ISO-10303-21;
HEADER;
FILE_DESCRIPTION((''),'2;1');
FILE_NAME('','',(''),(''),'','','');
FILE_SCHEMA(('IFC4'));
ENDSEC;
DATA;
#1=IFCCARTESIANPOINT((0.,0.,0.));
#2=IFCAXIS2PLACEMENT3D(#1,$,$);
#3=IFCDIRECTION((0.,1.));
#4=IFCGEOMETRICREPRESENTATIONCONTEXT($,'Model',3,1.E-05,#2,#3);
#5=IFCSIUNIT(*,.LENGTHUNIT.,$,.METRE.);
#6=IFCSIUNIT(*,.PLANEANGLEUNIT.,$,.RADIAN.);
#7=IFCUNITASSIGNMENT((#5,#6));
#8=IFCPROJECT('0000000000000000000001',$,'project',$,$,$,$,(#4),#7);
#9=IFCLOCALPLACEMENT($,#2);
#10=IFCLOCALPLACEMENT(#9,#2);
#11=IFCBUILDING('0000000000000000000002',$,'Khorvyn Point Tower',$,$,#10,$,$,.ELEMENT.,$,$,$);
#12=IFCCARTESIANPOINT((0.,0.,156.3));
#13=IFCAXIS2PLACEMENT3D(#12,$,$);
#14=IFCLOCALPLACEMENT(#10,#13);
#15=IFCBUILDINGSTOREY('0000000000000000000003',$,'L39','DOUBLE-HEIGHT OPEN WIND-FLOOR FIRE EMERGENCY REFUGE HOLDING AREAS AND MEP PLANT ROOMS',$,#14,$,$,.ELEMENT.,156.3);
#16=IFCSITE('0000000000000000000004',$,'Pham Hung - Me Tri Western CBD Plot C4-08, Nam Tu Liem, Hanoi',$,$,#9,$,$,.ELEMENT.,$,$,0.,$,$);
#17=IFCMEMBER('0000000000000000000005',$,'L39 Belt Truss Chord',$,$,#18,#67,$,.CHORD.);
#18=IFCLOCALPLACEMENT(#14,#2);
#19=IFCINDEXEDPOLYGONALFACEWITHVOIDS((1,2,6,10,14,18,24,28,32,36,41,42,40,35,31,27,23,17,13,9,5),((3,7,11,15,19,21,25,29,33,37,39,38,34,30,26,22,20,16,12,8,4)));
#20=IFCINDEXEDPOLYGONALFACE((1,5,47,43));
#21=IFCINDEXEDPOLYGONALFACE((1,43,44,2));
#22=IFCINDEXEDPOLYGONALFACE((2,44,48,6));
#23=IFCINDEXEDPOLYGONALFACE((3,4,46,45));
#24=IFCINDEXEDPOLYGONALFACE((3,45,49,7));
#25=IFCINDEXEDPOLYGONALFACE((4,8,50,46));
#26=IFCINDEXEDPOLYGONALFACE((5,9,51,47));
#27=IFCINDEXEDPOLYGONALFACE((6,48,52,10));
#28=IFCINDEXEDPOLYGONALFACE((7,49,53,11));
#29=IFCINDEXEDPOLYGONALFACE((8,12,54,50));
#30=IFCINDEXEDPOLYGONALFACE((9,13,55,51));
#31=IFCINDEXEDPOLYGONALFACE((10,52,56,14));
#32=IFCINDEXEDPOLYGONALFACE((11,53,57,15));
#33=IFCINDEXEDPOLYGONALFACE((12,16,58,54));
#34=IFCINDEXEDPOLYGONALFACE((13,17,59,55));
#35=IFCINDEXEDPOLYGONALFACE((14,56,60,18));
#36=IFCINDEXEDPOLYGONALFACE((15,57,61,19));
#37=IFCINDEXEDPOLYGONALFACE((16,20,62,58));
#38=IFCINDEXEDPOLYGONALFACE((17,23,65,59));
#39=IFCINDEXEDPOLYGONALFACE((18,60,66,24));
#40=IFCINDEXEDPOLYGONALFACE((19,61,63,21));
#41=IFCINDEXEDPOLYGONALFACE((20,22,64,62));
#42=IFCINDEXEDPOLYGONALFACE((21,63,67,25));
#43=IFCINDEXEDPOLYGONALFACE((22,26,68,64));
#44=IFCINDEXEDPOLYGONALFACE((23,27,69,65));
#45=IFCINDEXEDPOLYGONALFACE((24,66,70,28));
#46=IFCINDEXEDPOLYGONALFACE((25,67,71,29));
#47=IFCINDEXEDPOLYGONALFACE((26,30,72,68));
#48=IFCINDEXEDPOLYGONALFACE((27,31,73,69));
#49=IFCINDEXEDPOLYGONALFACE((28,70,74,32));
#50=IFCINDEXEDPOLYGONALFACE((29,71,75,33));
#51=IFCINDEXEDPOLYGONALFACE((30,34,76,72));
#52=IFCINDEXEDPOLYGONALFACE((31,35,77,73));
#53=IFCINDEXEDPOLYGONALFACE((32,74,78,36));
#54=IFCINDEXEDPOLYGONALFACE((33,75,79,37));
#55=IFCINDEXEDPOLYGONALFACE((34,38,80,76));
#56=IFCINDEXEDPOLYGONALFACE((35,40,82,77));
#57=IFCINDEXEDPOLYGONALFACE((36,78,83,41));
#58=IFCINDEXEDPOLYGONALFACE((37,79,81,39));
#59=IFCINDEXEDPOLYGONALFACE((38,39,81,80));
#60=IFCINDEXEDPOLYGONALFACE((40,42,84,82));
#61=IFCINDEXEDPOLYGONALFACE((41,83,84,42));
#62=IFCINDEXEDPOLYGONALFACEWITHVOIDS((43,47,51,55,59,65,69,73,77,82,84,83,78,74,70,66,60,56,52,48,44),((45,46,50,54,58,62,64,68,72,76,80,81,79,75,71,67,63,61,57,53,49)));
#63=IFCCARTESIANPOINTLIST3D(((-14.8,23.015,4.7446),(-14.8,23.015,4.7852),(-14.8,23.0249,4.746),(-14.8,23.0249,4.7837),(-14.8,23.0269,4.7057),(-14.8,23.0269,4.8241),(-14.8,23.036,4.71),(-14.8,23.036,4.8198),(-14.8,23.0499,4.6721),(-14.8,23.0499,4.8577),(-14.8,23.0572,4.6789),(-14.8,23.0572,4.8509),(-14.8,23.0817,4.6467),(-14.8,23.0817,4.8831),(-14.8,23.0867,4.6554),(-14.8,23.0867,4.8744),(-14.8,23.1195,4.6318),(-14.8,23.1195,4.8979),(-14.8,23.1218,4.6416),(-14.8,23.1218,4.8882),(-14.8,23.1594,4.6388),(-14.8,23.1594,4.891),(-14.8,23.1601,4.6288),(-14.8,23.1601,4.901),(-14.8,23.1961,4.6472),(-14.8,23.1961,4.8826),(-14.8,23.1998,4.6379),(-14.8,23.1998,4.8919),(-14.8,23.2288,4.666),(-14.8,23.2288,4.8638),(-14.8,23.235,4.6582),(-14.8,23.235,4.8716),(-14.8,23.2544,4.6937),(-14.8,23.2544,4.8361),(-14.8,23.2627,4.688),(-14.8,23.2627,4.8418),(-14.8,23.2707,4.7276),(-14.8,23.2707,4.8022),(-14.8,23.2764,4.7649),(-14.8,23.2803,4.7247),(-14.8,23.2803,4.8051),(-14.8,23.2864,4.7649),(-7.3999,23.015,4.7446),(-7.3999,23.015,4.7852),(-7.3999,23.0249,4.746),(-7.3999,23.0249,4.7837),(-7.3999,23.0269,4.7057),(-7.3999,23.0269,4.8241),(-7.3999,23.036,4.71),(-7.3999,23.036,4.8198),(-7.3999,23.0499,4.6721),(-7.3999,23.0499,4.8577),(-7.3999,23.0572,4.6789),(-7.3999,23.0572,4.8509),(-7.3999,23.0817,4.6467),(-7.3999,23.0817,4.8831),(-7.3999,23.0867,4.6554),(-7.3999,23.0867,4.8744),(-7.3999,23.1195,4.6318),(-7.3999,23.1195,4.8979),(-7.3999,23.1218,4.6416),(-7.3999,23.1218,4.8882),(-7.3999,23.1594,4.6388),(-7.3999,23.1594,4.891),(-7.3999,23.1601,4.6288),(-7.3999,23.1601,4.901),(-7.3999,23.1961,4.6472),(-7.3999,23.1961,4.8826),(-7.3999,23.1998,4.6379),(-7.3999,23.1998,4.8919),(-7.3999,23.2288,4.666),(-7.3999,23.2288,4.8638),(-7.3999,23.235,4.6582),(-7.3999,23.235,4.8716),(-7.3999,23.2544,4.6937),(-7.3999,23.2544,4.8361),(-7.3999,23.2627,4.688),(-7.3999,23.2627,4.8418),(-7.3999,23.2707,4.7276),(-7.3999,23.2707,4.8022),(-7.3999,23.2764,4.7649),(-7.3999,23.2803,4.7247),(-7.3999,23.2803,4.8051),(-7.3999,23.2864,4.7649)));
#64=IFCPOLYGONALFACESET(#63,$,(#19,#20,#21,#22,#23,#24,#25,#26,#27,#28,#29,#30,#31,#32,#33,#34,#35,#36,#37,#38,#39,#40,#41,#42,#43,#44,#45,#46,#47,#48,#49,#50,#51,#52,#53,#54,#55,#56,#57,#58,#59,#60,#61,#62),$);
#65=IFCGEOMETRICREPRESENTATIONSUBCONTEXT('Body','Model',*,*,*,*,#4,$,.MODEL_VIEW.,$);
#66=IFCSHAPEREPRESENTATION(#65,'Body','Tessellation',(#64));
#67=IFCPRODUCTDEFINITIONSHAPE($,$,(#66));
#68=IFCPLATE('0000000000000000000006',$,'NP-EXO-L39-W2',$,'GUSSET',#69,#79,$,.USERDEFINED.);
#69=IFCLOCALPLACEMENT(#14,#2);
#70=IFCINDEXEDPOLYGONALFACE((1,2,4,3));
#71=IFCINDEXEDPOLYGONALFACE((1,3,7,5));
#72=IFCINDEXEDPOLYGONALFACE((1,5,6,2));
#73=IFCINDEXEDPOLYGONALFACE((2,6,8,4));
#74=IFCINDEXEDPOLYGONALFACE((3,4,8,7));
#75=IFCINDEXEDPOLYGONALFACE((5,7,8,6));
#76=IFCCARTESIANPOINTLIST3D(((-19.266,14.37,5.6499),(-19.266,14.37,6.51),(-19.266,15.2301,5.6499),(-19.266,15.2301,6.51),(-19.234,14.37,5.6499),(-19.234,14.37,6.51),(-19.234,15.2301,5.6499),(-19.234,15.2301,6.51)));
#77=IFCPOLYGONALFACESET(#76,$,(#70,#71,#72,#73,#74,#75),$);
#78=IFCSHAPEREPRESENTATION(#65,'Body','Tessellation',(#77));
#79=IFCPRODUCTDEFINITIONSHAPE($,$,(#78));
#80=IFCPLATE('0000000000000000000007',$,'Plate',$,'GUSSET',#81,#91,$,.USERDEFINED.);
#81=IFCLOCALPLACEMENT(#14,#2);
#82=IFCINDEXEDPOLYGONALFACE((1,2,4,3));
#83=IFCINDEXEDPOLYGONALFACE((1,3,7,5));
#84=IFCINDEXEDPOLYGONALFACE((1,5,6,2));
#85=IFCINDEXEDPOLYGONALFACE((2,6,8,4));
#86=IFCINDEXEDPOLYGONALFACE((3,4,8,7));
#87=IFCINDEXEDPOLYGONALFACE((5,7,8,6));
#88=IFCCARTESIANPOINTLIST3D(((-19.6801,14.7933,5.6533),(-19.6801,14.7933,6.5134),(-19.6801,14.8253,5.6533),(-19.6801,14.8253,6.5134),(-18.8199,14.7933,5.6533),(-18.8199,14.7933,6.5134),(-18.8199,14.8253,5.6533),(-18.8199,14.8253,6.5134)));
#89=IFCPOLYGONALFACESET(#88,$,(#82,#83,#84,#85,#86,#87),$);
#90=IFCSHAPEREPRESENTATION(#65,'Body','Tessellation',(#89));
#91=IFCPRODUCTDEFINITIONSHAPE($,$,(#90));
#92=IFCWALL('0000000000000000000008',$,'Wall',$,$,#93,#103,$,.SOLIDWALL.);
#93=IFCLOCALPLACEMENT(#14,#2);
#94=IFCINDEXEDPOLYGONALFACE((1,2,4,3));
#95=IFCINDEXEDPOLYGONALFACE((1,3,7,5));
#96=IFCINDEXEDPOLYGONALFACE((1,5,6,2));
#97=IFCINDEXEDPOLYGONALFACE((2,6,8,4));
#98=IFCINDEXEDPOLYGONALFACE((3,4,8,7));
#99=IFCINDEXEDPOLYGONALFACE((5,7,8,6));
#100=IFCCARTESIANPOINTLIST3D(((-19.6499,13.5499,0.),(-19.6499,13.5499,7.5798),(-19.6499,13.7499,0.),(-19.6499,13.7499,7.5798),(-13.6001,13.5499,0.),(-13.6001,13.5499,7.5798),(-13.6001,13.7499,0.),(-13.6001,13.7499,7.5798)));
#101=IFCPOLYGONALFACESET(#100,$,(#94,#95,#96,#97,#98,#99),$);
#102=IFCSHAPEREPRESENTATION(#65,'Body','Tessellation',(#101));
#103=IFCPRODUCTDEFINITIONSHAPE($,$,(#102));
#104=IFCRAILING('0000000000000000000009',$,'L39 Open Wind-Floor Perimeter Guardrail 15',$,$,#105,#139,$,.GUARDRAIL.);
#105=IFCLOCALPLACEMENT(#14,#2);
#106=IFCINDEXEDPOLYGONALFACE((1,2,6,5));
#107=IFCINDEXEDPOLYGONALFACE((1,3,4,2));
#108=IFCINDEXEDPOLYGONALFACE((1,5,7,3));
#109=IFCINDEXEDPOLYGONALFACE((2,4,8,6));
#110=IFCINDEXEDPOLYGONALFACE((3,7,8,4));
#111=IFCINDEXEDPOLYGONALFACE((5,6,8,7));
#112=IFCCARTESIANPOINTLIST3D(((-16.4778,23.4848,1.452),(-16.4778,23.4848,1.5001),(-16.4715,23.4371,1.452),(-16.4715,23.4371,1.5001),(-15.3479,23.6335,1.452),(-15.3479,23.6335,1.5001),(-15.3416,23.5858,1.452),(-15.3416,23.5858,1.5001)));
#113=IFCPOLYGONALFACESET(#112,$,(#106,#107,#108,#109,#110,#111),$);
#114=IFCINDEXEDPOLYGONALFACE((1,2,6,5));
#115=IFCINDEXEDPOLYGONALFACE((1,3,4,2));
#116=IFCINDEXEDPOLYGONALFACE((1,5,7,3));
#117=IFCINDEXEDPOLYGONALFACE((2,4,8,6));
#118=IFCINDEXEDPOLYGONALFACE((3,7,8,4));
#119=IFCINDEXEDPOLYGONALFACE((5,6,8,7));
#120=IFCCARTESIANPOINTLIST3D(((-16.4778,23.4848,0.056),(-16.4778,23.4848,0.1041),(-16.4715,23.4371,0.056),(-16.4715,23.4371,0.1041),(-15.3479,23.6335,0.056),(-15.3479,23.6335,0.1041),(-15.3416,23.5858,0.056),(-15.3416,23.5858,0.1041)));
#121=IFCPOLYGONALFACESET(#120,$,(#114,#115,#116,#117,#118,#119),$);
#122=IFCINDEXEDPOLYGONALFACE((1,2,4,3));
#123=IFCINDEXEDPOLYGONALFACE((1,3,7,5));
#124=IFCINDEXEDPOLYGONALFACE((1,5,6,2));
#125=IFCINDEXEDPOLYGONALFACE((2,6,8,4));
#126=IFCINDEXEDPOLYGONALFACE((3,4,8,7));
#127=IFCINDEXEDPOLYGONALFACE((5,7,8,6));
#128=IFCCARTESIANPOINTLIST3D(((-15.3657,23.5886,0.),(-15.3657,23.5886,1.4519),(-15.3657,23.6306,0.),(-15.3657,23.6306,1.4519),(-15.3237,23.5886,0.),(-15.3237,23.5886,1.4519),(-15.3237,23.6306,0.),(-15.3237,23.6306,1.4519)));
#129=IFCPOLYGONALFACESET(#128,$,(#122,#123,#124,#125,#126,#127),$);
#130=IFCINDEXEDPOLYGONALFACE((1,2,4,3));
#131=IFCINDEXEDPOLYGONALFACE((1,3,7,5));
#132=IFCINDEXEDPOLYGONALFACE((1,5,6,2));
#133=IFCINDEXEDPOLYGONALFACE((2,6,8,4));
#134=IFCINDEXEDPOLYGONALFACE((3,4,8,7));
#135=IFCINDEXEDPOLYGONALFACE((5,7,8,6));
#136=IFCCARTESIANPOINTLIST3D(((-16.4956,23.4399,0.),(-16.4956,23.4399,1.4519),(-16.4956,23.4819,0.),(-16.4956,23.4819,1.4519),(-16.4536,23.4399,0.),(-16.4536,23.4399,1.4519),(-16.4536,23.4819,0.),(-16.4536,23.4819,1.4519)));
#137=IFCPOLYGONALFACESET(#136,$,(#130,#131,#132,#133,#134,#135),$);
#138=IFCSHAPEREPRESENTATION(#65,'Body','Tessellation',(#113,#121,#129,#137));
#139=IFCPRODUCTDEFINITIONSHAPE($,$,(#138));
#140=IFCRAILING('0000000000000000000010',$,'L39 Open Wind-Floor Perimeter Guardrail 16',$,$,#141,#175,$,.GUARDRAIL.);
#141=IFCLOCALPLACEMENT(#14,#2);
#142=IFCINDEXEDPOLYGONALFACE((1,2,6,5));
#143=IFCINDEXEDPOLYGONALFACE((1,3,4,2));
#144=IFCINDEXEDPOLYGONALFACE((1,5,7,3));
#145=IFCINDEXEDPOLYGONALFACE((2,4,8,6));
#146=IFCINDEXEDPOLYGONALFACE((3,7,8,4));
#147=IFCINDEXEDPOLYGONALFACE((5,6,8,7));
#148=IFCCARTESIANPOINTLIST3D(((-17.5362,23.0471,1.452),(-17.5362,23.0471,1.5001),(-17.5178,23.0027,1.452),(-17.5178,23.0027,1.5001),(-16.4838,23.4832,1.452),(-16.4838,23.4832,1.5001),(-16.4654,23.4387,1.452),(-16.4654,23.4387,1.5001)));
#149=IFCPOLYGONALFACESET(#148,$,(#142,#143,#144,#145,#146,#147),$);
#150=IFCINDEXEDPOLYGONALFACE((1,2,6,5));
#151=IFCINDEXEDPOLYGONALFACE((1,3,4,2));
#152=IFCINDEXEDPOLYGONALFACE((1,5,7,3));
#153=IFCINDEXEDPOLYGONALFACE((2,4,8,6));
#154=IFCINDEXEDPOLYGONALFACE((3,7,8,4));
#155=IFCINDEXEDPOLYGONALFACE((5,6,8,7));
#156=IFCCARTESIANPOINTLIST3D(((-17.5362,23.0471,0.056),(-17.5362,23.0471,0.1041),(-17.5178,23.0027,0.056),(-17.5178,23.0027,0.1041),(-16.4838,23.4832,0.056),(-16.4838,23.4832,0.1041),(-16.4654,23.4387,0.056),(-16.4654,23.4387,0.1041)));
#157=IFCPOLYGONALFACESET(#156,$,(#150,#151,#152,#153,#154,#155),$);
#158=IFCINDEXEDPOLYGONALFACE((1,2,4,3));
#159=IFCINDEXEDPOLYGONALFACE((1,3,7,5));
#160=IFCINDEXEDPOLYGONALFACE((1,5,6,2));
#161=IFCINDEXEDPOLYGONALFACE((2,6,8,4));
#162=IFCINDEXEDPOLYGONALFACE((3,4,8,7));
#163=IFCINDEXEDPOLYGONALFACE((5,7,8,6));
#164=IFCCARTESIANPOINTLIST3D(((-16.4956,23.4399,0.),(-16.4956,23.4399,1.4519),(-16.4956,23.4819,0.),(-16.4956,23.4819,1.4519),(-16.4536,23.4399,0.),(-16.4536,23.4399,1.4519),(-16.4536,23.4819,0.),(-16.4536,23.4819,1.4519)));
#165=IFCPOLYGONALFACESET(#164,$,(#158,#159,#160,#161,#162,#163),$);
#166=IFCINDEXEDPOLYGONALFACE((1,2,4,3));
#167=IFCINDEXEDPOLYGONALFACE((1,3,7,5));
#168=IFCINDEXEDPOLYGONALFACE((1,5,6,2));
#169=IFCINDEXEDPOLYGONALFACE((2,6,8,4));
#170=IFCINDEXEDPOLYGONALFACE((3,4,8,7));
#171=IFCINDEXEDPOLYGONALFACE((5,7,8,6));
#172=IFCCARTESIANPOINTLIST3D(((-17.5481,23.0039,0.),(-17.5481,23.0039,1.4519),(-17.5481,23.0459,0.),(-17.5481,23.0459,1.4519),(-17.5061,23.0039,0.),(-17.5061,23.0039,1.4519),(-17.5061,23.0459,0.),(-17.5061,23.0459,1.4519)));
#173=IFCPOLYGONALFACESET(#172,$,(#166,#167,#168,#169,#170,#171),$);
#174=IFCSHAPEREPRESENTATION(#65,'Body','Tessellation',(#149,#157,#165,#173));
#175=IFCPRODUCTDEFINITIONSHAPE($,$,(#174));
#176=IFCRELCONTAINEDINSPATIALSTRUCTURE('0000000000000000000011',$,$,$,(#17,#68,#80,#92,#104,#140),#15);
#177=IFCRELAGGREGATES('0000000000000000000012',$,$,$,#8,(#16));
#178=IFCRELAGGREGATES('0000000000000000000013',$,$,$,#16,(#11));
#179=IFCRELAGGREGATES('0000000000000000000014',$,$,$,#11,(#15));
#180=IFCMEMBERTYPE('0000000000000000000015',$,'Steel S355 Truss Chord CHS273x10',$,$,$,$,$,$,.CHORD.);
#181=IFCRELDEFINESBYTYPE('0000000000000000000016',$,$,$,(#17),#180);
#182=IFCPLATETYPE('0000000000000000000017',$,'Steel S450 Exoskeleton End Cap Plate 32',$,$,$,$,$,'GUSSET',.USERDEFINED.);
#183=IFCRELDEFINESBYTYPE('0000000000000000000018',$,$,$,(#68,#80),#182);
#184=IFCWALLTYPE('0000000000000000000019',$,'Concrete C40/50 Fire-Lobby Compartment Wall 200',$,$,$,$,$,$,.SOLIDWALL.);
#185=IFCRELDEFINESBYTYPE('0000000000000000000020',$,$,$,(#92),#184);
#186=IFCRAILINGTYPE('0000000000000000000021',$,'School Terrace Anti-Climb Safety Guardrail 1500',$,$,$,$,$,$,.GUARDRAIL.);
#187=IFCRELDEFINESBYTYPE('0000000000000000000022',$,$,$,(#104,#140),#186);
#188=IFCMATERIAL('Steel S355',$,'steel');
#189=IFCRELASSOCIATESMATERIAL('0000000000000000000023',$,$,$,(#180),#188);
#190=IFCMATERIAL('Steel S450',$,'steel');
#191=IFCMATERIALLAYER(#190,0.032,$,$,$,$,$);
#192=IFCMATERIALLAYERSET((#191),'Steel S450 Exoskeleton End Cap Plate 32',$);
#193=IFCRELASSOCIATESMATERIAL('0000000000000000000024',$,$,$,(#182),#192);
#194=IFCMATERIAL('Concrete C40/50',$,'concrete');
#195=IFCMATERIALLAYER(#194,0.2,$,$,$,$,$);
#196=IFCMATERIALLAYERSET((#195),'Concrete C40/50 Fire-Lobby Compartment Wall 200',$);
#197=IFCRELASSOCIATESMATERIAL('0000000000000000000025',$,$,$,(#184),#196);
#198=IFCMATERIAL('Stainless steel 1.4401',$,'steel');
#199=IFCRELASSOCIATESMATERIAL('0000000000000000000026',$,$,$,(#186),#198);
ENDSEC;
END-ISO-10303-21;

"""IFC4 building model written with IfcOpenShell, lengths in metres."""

from ifc_helpers import new_model, si_unit, direction, frame, frame_2d, origin, origin_2d, place, context, subcontext, project, spatial, rectangle, hollow_circle, extrude, material, layer, layer_set, material_profile, profile_set, type_object, element, save


model = new_model("IFC4")

# Units and contexts
model_context = context("Model", 3, precision=1e-05, world=origin(), true_north=direction((0.0, 1.0)))
body_context = subcontext(model_context, "Body", "Model", "MODEL_VIEW")
ifc_project = project(units=[si_unit("LENGTHUNIT", "METRE"), si_unit("PLANEANGLEUNIT", "RADIAN")], contexts=[model_context])

# Site, building, storey
site_placement = place(None, origin())
site = spatial("IfcSite", under=ifc_project, at=site_placement, Name="Pham Hung - Me Tri Western CBD Plot C4-08, Nam Tu Liem, Hanoi", CompositionType="ELEMENT", RefElevation=0.0)
building_placement = place(site_placement, origin())
building = spatial("IfcBuilding", under=site, at=building_placement, Name="Khorvyn Point Tower", CompositionType="ELEMENT")
storey_placement = place(building_placement, frame((0.0, 0.0, 156.3)))
storey = spatial("IfcBuildingStorey", under=building, at=storey_placement, Name="L39", Description="DOUBLE-HEIGHT OPEN WIND-FLOOR FIRE EMERGENCY REFUGE HOLDING AREAS AND MEP PLANT ROOMS", CompositionType="ELEMENT", Elevation=156.3)

# Shared definitions
ifc_material_1 = material(Name="Steel S450", Category="steel")

# Shared definitions
ifc_material_2 = material(Name="Steel S355", Category="steel")

# Member
ifc_material_profile_1 = material_profile(ifc_material_2, hollow_circle(Radius=0.1365, WallThickness=0.01, at=origin_2d()))
ifc_profile_set_1 = profile_set([ifc_material_profile_1], Name="Steel S355 CHS273x10")
member_type_1 = type_object("IfcMemberType", Name="Steel S355 Truss Chord CHS273x10", PredefinedType="CHORD", material=ifc_profile_set_1)
member_1_placement = place(storey_placement, frame((-14.8, 23.1499, 4.7649), z_axis=(1.0, 0.0, 0.0), x_axis=(0.0, 1.0, 0.0)))
element("IfcMember", 1, at=member_1_placement, inside=storey, type_object=member_type_1, Name="L39 Belt Truss Chord", PredefinedType="CHORD", context=body_context, shape_type="SweptSolid", body=[
    extrude(hollow_circle(Radius=0.1365, WallThickness=0.01, at=origin_2d()), origin(), (0.0, 0.0, 1.0), 7.4001),
])

# Plates
ifc_layer_1 = layer(ifc_material_1, 0.032)
ifc_layer_set_1 = layer_set([ifc_layer_1], Name="Steel S450 Exoskeleton End Cap Plate 32")
plate_type = type_object("IfcPlateType", Name="Steel S450 Exoskeleton End Cap Plate 32", ElementType="GUSSET", PredefinedType="USERDEFINED", material=ifc_layer_set_1)
plate_1_placement = place(storey_placement, frame((-19.25, 14.8, 5.6499), z_axis=(0.0, 0.0, 1.0), x_axis=(1.0, 0.0, 0.0)))
element("IfcPlate", 2, at=plate_1_placement, inside=storey, type_object=plate_type, Name="NP-EXO-L39-W2", ObjectType="GUSSET", PredefinedType="USERDEFINED", context=body_context, shape_type="SweptSolid", body=[
    extrude(rectangle(XDim=0.032, YDim=0.8601, at=origin_2d()), origin(), (0.0, 0.0, 1.0), 0.8601),
])
plate_2_placement = place(storey_placement, frame((-19.25, 14.8093, 5.6533), z_axis=(0.0, 0.0, 1.0), x_axis=(1.0, 0.0, 0.0)))
element("IfcPlate", 3, at=plate_2_placement, inside=storey, type_object=plate_type, Name="Plate", ObjectType="GUSSET", PredefinedType="USERDEFINED", context=body_context, shape_type="SweptSolid", body=[
    extrude(rectangle(XDim=0.8601, YDim=0.032, at=origin_2d()), origin(), (0.0, 0.0, 1.0), 0.8601),
])

# Wall
ifc_material_3 = material(Name="Concrete C40/50", Category="concrete")
ifc_layer_2 = layer(ifc_material_3, 0.2)
ifc_layer_set_2 = layer_set([ifc_layer_2], Name="Concrete C40/50 Fire-Lobby Compartment Wall 200")
wall_type = type_object("IfcWallType", Name="Concrete C40/50 Fire-Lobby Compartment Wall 200", PredefinedType="SOLIDWALL", material=ifc_layer_set_2)
wall_placement = place(storey_placement, frame((-19.6499, 13.6499, 0.0), z_axis=(0.0, 0.0, 1.0), x_axis=(1.0, 0.0, 0.0)))
element("IfcWall", 4, at=wall_placement, inside=storey, type_object=wall_type, Name="Wall", PredefinedType="SOLIDWALL", context=body_context, shape_type="SweptSolid", body=[
    extrude(rectangle(XDim=6.0498, YDim=0.2, at=frame_2d((3.0249, 0.0))), origin(), (0.0, 0.0, 1.0), 7.5798),
])

# Railings
ifc_material_4 = material(Name="Stainless steel 1.4401", Category="steel")
railing_type = type_object("IfcRailingType", Name="School Terrace Anti-Climb Safety Guardrail 1500", PredefinedType="GUARDRAIL", material=ifc_material_4)
railing_1_placement = place(storey_placement, frame((-15.3447, 23.6096, 0.0)))
element("IfcRailing", 5, at=railing_1_placement, inside=storey, type_object=railing_type, Name="L39 Open Wind-Floor Perimeter Guardrail 15", PredefinedType="GUARDRAIL", context=body_context, shape_type="SweptSolid", body=[
    extrude(rectangle(XDim=0.0481, YDim=0.0481, at=origin_2d()), frame((0.0, 0.0, 1.4761), z_axis=(-0.991453, -0.130466, 0.0), x_axis=(0.130466, -0.991453, 0.0)), (0.0, 0.0, 1.0), 1.1396),
    extrude(rectangle(XDim=0.0481, YDim=0.0481, at=origin_2d()), frame((0.0, 0.0, 0.0801), z_axis=(-0.991453, -0.130466, 0.0), x_axis=(0.130466, -0.991453, 0.0)), (0.0, 0.0, 1.0), 1.1396),
    extrude(rectangle(XDim=0.042, YDim=0.042, at=origin_2d()), origin(), (0.0, 0.0, 1.0), 1.4519),
    extrude(rectangle(XDim=0.042, YDim=0.042, at=origin_2d()), frame((-1.1299, -0.1487, 0.0)), (0.0, 0.0, 1.0), 1.4519),
])
railing_2_placement = place(storey_placement, frame((-16.4746, 23.4609, 0.0)))
element("IfcRailing", 6, at=railing_2_placement, inside=storey, type_object=railing_type, Name="L39 Open Wind-Floor Perimeter Guardrail 16", PredefinedType="GUARDRAIL", context=body_context, shape_type="SweptSolid", body=[
    extrude(rectangle(XDim=0.0481, YDim=0.0481, at=origin_2d()), frame((0.0, 0.0, 1.4761), z_axis=(-0.923855, -0.382743, 0.0), x_axis=(0.382743, -0.923855, 0.0)), (0.0, 0.0, 1.0), 1.1392),
    extrude(rectangle(XDim=0.0481, YDim=0.0481, at=origin_2d()), frame((0.0, 0.0, 0.0801), z_axis=(-0.923855, -0.382743, 0.0), x_axis=(0.382743, -0.923855, 0.0)), (0.0, 0.0, 1.0), 1.1392),
    extrude(rectangle(XDim=0.042, YDim=0.042, at=origin_2d()), origin(), (0.0, 0.0, 1.0), 1.4519),
    extrude(rectangle(XDim=0.042, YDim=0.042, at=origin_2d()), frame((-1.0525, -0.436, 0.0)), (0.0, 0.0, 1.0), 1.4519),
])

save(model, "model.ifc")
